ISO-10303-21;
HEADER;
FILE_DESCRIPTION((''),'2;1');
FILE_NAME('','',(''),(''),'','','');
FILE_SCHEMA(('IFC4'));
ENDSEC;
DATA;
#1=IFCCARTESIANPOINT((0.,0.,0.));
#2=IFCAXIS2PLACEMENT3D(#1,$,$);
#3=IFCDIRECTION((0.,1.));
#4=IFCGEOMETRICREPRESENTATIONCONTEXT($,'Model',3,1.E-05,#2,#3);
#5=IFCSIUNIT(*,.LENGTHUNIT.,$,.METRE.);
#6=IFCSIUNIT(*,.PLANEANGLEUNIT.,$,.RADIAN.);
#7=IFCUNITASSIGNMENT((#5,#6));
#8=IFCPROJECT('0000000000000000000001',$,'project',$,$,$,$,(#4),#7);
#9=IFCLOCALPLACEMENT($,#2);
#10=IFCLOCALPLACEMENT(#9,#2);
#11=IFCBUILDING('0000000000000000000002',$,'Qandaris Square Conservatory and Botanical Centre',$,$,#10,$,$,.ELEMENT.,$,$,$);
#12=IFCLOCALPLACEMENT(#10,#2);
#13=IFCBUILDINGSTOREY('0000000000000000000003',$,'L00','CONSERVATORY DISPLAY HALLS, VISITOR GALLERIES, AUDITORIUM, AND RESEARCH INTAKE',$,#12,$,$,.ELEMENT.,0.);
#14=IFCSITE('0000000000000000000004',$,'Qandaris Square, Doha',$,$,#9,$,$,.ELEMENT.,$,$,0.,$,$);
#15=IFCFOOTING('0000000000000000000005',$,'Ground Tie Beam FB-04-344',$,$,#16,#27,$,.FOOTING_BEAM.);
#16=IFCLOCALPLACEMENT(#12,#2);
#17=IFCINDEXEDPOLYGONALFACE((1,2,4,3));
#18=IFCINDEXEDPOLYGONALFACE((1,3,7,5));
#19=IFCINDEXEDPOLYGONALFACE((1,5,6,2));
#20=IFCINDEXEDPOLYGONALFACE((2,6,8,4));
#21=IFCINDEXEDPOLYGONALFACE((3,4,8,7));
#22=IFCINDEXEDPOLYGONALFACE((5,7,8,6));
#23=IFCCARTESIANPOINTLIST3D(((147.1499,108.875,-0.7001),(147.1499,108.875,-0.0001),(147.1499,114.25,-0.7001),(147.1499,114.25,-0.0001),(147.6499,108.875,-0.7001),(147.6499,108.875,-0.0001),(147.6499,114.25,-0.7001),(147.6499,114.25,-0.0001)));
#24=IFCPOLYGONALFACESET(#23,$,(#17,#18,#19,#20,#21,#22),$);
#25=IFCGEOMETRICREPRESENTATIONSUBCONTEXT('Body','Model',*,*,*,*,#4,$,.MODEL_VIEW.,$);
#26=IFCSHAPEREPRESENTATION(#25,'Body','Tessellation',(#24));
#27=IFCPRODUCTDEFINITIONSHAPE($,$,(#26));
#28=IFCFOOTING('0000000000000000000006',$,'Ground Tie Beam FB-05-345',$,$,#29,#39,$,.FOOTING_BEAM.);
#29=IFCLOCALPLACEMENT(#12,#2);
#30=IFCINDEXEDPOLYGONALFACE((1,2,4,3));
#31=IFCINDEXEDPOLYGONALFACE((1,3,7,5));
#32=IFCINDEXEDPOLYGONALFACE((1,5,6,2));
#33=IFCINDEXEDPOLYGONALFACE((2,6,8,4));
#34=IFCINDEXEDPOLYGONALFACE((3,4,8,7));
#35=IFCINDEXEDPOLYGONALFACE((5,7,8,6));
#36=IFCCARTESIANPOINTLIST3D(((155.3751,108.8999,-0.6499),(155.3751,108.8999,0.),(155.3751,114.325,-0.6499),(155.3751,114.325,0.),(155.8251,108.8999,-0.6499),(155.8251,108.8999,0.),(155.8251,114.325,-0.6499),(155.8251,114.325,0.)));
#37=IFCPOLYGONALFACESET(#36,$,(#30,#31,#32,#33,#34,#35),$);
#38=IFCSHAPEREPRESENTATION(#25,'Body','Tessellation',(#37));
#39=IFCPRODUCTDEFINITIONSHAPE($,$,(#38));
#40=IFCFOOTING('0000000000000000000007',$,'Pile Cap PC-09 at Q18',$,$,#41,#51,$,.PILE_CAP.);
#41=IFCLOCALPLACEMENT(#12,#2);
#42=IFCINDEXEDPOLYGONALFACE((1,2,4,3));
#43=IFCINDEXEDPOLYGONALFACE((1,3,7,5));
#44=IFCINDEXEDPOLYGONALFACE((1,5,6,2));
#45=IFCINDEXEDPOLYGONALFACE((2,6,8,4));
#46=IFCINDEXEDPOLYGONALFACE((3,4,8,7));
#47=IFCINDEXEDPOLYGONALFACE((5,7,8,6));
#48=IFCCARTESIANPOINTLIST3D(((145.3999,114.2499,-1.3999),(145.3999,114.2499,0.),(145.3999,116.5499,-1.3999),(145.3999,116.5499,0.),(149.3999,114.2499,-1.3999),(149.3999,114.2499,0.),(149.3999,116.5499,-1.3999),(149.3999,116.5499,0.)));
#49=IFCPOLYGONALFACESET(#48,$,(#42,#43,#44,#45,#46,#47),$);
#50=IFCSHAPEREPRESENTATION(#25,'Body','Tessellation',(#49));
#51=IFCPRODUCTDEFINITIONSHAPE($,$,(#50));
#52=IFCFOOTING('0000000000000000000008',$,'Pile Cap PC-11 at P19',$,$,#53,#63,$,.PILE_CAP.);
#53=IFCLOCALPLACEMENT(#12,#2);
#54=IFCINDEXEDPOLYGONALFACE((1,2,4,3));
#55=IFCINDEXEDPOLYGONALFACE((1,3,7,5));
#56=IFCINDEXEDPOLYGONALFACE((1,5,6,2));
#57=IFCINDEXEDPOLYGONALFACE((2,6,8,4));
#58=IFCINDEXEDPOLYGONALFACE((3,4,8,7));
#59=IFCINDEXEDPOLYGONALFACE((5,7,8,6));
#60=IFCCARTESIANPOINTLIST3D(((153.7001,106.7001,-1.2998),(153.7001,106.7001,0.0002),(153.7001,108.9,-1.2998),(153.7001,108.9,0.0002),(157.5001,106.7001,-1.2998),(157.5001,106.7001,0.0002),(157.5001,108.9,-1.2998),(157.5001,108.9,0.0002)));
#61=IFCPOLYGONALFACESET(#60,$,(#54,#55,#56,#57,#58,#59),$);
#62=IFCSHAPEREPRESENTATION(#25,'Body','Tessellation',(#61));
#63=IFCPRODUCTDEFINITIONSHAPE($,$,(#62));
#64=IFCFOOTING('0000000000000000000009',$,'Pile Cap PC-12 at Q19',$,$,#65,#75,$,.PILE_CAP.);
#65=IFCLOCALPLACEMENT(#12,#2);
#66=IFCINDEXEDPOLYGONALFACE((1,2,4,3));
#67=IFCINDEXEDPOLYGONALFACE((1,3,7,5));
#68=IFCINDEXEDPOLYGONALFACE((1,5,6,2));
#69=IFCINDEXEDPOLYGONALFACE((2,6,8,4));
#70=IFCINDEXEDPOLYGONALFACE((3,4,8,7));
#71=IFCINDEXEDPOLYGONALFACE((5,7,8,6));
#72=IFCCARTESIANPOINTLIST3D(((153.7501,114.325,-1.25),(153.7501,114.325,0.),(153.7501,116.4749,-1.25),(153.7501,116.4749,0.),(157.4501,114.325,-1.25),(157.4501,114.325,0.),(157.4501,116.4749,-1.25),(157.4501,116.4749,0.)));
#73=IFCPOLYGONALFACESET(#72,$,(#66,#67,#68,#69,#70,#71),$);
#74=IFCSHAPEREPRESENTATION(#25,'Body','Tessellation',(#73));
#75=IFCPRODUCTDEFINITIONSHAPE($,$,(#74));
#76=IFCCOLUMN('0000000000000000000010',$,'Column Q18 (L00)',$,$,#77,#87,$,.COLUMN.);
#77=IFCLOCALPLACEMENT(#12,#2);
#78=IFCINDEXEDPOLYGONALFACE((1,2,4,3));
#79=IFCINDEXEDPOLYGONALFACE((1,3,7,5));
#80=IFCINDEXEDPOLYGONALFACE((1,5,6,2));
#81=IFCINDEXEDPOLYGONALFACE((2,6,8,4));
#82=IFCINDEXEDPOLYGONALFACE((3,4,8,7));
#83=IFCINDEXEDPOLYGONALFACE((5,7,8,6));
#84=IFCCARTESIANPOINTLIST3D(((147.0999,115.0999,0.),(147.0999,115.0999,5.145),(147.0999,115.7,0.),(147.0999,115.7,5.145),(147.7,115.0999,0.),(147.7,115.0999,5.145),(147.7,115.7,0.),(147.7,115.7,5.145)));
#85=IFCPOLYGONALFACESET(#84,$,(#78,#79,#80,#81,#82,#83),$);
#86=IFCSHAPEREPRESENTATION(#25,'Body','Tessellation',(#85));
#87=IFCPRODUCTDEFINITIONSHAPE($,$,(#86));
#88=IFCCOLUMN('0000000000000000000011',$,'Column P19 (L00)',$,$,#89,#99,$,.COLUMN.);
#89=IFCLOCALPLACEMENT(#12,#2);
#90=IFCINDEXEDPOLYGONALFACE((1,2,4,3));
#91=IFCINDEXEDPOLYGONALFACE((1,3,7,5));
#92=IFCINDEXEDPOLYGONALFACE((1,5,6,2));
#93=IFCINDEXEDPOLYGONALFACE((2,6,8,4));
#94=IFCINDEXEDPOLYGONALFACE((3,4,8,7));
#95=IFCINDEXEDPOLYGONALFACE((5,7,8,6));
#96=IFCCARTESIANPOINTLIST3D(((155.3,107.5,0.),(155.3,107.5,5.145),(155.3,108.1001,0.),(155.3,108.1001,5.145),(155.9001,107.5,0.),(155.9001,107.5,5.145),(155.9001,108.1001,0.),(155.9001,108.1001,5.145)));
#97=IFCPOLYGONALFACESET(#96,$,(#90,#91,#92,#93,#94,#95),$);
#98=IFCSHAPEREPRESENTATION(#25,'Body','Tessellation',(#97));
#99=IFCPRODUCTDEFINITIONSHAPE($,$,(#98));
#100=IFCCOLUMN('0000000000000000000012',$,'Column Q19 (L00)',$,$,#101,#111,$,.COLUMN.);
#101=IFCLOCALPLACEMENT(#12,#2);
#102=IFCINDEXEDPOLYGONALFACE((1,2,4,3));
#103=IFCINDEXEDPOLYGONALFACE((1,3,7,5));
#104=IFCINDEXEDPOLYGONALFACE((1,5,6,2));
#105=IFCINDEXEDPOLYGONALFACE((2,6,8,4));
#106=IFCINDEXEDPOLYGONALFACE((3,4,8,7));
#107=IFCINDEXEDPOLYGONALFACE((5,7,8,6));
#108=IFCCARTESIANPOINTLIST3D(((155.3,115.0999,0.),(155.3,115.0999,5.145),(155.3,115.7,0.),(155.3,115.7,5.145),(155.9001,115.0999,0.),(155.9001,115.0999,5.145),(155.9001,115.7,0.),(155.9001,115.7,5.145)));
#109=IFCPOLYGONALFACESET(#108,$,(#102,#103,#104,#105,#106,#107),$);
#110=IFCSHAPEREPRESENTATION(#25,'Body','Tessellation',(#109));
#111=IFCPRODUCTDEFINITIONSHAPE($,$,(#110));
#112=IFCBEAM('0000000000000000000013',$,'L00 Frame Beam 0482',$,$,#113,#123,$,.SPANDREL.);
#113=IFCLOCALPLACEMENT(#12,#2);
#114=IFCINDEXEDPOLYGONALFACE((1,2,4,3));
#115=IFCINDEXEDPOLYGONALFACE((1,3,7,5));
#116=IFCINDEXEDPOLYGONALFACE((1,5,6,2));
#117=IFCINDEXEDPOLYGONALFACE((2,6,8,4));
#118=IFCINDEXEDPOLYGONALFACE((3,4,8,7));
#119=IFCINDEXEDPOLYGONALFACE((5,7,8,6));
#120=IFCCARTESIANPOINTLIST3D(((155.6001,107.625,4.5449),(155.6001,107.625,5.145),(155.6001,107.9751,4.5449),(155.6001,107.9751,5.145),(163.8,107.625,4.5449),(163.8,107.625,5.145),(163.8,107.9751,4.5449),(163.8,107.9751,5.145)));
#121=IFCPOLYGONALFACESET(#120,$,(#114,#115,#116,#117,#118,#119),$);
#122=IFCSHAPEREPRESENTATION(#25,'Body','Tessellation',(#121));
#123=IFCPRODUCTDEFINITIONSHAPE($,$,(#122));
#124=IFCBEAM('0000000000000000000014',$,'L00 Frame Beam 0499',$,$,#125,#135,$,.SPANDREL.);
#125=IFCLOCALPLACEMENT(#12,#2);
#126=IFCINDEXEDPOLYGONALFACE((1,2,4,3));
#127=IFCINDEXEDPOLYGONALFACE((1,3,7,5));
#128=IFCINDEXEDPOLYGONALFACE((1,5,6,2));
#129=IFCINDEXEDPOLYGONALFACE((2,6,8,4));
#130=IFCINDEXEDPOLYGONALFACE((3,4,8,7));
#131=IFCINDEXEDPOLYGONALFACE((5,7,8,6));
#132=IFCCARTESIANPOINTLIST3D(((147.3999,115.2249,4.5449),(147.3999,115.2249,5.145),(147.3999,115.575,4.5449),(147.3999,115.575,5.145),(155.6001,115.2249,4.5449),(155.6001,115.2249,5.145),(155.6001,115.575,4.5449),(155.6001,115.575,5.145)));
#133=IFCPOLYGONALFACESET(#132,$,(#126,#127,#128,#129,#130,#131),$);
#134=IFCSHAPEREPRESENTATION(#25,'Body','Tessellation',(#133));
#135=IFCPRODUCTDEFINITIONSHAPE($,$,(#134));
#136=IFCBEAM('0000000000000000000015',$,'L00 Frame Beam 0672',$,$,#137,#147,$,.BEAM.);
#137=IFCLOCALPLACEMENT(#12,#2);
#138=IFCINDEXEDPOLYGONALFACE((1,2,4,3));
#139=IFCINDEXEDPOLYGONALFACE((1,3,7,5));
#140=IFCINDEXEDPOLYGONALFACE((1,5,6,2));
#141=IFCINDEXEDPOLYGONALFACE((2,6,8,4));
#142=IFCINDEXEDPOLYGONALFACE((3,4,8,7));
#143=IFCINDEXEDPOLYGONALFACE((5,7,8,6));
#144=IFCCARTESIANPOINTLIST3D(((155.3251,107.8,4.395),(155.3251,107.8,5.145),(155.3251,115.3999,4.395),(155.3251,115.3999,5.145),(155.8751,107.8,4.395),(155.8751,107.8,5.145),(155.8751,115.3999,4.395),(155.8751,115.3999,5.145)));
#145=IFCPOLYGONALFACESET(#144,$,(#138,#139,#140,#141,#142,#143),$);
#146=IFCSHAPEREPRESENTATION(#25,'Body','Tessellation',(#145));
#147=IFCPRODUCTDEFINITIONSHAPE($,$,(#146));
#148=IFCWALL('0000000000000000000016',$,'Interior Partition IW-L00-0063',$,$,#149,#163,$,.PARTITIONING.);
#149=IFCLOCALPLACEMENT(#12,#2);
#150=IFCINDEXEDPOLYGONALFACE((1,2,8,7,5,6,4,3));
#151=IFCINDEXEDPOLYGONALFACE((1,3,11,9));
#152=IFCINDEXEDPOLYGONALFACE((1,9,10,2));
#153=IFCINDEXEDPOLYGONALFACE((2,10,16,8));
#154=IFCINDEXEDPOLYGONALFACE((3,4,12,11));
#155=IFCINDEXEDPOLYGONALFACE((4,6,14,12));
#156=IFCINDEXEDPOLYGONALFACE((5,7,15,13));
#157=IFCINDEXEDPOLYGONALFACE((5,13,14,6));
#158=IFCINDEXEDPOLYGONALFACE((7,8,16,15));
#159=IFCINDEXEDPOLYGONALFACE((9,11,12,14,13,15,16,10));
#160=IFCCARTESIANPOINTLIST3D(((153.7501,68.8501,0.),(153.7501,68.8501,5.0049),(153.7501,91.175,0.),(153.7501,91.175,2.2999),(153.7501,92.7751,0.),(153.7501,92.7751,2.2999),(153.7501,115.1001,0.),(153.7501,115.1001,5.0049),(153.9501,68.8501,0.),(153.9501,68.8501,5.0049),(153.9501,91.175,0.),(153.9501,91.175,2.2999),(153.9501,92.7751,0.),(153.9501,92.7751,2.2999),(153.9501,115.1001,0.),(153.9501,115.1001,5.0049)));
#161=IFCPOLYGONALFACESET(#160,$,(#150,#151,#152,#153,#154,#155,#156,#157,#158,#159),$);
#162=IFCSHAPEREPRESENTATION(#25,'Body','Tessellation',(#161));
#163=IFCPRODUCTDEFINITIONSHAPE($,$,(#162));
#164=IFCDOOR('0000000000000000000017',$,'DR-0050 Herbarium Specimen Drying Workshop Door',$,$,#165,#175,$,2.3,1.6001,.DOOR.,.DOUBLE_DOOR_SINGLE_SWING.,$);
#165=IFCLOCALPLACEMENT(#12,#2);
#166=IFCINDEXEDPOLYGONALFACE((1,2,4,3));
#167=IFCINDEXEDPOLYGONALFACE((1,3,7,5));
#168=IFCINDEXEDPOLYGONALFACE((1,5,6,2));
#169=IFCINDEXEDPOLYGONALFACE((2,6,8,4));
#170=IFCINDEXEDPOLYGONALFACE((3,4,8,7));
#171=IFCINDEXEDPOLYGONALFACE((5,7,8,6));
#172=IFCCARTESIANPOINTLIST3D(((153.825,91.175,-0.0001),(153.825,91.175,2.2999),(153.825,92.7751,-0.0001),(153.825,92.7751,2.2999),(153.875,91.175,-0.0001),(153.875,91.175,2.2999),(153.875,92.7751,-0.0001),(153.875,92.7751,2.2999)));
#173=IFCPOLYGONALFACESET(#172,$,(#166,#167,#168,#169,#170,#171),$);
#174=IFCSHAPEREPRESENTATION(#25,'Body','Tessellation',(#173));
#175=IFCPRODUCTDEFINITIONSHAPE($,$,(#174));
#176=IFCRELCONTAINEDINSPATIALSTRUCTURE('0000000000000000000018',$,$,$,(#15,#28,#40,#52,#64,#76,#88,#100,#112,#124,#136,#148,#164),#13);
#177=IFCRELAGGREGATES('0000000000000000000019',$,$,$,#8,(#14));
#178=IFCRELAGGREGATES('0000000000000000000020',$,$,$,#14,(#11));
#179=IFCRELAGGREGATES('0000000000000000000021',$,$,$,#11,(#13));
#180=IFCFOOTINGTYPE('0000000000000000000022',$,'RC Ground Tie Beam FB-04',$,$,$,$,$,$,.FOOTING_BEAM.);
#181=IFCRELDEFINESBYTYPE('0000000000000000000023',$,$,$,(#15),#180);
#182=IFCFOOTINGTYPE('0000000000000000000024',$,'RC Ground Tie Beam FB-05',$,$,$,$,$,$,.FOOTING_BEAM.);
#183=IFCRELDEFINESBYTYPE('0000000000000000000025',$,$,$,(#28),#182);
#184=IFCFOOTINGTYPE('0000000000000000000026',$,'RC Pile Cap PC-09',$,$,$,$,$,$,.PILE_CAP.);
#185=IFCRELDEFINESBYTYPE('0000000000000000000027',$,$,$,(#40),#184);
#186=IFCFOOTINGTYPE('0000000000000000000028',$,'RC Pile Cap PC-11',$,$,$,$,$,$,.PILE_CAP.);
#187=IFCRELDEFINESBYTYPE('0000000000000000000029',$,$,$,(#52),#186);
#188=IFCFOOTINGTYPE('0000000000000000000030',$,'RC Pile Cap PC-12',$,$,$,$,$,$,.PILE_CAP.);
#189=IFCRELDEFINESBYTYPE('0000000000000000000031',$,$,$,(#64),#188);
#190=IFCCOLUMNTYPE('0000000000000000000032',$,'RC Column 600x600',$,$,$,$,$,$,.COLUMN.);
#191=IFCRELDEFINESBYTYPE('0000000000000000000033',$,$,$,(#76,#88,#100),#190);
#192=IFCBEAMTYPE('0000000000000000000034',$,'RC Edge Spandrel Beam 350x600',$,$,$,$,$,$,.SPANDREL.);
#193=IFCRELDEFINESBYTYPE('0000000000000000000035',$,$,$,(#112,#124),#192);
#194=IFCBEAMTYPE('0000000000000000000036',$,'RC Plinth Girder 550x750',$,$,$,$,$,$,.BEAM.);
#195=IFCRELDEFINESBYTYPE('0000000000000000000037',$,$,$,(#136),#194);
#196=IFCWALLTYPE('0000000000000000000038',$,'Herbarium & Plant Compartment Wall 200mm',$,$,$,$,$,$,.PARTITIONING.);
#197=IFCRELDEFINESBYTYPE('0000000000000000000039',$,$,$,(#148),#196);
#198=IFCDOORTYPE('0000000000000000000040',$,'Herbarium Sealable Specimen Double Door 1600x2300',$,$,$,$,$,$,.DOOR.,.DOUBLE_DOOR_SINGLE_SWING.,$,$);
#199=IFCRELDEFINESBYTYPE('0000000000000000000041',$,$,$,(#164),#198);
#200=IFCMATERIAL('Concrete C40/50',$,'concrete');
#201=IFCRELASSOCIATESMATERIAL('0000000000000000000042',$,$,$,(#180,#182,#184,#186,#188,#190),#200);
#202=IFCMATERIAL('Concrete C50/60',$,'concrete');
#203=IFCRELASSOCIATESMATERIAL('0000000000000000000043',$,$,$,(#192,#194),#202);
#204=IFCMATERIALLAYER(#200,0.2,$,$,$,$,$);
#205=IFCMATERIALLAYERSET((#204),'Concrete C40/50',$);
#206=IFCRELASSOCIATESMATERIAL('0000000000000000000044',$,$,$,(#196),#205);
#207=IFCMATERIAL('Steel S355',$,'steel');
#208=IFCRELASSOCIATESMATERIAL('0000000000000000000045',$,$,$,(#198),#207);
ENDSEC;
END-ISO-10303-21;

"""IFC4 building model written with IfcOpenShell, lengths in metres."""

from ifc_helpers import new_model, si_unit, direction, frame, frame_2d, origin, origin_2d, place, context, subcontext, project, spatial, rectangle, extrude, material, layer, layer_set, material_profile, profile_set, type_object, element, fill, save


model = new_model("IFC4")

# Units and contexts
model_context = context("Model", 3, precision=1e-05, world=origin(), true_north=direction((0.0, 1.0)))
body_context = subcontext(model_context, "Body", "Model", "MODEL_VIEW")
ifc_project = project(units=[si_unit("LENGTHUNIT", "METRE"), si_unit("PLANEANGLEUNIT", "RADIAN")], contexts=[model_context])

# Site, building, storey
site_placement = place(None, origin())
site = spatial("IfcSite", under=ifc_project, at=site_placement, Name="Qandaris Square, Doha", CompositionType="ELEMENT", RefElevation=0.0)
building_placement = place(site_placement, origin())
building = spatial("IfcBuilding", under=site, at=building_placement, Name="Qandaris Square Conservatory and Botanical Centre", CompositionType="ELEMENT")
storey_placement = place(building_placement, origin())
storey = spatial("IfcBuildingStorey", under=building, at=storey_placement, Name="L00", Description="CONSERVATORY DISPLAY HALLS, VISITOR GALLERIES, AUDITORIUM, AND RESEARCH INTAKE", CompositionType="ELEMENT", Elevation=0.0)

# Shared definitions
ifc_material_1 = material(Name="Concrete C50/60", Category="concrete")

# Footings
ifc_material_2 = material(Name="Concrete C40/50", Category="concrete")
ifc_material_profile_1 = material_profile(ifc_material_2, rectangle(XDim=0.5, YDim=0.7, at=origin_2d()), Name="FB 500x700")
ifc_profile_set_1 = profile_set([ifc_material_profile_1], Name="Concrete C40/50")
footing_type_1 = type_object("IfcFootingType", Name="RC Ground Tie Beam FB-04", PredefinedType="FOOTING_BEAM", material=ifc_profile_set_1)
footing_1_placement = place(storey_placement, frame((147.3999, 108.875, -0.3501), z_axis=(0.0, 1.0, 0.0), x_axis=(-1.0, 0.0, 0.0)))
element("IfcFooting", 1, at=footing_1_placement, inside=storey, type_object=footing_type_1, Name="Ground Tie Beam FB-04-344", PredefinedType="FOOTING_BEAM", context=body_context, shape_type="SweptSolid", body=[
    extrude(rectangle(XDim=0.5, YDim=0.7, at=origin_2d()), origin(), (0.0, 0.0, 1.0), 5.375),
])
ifc_material_profile_2 = material_profile(ifc_material_2, rectangle(XDim=0.45, YDim=0.6499, at=origin_2d()), Name="FB 450x650")
ifc_profile_set_2 = profile_set([ifc_material_profile_2], Name="Concrete C40/50")
footing_type_2 = type_object("IfcFootingType", Name="RC Ground Tie Beam FB-05", PredefinedType="FOOTING_BEAM", material=ifc_profile_set_2)
footing_2_placement = place(storey_placement, frame((155.6001, 108.8999, -0.325), z_axis=(0.0, 1.0, 0.0), x_axis=(-1.0, 0.0, 0.0)))
element("IfcFooting", 2, at=footing_2_placement, inside=storey, type_object=footing_type_2, Name="Ground Tie Beam FB-05-345", PredefinedType="FOOTING_BEAM", context=body_context, shape_type="SweptSolid", body=[
    extrude(rectangle(XDim=0.45, YDim=0.6499, at=origin_2d()), origin(), (0.0, 0.0, 1.0), 5.425),
])
footing_type_3 = type_object("IfcFootingType", Name="RC Pile Cap PC-09", PredefinedType="PILE_CAP", material=ifc_material_2)
footing_3_placement = place(storey_placement, frame((147.3999, 115.3999, -1.3999), z_axis=(0.0, 0.0, 1.0), x_axis=(1.0, 0.0, 0.0)))
element("IfcFooting", 3, at=footing_3_placement, inside=storey, type_object=footing_type_3, Name="Pile Cap PC-09 at Q18", PredefinedType="PILE_CAP", context=body_context, shape_type="SweptSolid", body=[
    extrude(rectangle(XDim=4.0, YDim=2.3, at=origin_2d()), origin(), (0.0, 0.0, 1.0), 1.3999),
])
footing_type_4 = type_object("IfcFootingType", Name="RC Pile Cap PC-11", PredefinedType="PILE_CAP", material=ifc_material_2)
footing_4_placement = place(storey_placement, frame((155.6001, 107.8, -1.2998), z_axis=(0.0, 0.0, 1.0), x_axis=(1.0, 0.0, 0.0)))
element("IfcFooting", 4, at=footing_4_placement, inside=storey, type_object=footing_type_4, Name="Pile Cap PC-11 at P19", PredefinedType="PILE_CAP", context=body_context, shape_type="SweptSolid", body=[
    extrude(rectangle(XDim=3.8, YDim=2.2, at=origin_2d()), origin(), (0.0, 0.0, 1.0), 1.3),
])
footing_type_5 = type_object("IfcFootingType", Name="RC Pile Cap PC-12", PredefinedType="PILE_CAP", material=ifc_material_2)
footing_5_placement = place(storey_placement, frame((155.6001, 115.3999, -1.25), z_axis=(0.0, 0.0, 1.0), x_axis=(1.0, 0.0, 0.0)))
element("IfcFooting", 5, at=footing_5_placement, inside=storey, type_object=footing_type_5, Name="Pile Cap PC-12 at Q19", PredefinedType="PILE_CAP", context=body_context, shape_type="SweptSolid", body=[
    extrude(rectangle(XDim=3.7, YDim=2.1499, at=origin_2d()), origin(), (0.0, 0.0, 1.0), 1.25),
])

# Columns
ifc_material_profile_3 = material_profile(ifc_material_2, rectangle(XDim=0.6001, YDim=0.6001, at=origin_2d()), Name="RC-COL 600x600")
ifc_profile_set_3 = profile_set([ifc_material_profile_3], Name="Concrete C40/50")
column_type = type_object("IfcColumnType", Name="RC Column 600x600", PredefinedType="COLUMN", material=ifc_profile_set_3)
for number, where, z_axis, x_axis, name in (
    (6, (147.3999, 115.3999, 0.0), (0.0, 0.0, 1.0), (1.0, 0.0, 0.0), "Column Q18 (L00)"),
    (7, (155.6001, 107.8, 0.0), (0.0, 0.0, 1.0), (1.0, 0.0, 0.0), "Column P19 (L00)"),
    (8, (155.6001, 115.3999, 0.0), (0.0, 0.0, 1.0), (1.0, 0.0, 0.0), "Column Q19 (L00)"),
):
    element("IfcColumn", number, at=place(storey_placement, frame(where, z_axis=z_axis, x_axis=x_axis)), inside=storey, type_object=column_type, Name=name, PredefinedType="COLUMN", context=body_context, shape_type="SweptSolid", body=[
        extrude(rectangle(XDim=0.6001, YDim=0.6001, at=origin_2d()), origin(), (0.0, 0.0, 1.0), 5.145),
    ])

# Beams
ifc_material_profile_4 = material_profile(ifc_material_1, rectangle(XDim=0.3501, YDim=0.6001, at=origin_2d()), Name="RC-SP 350x600")
ifc_profile_set_4 = profile_set([ifc_material_profile_4], Name="Concrete C50/60")
beam_type_1 = type_object("IfcBeamType", Name="RC Edge Spandrel Beam 350x600", PredefinedType="SPANDREL", material=ifc_profile_set_4)
beam_1_placement = place(storey_placement, frame((155.6001, 107.8, 4.845), z_axis=(1.0, 0.0, 0.0), x_axis=(0.0, 1.0, 0.0)))
element("IfcBeam", 9, at=beam_1_placement, inside=storey, type_object=beam_type_1, Name="L00 Frame Beam 0482", PredefinedType="SPANDREL", context=body_context, shape_type="SweptSolid", body=[
    extrude(rectangle(XDim=0.3501, YDim=0.6001, at=origin_2d()), origin(), (0.0, 0.0, 1.0), 8.2),
])
beam_2_placement = place(storey_placement, frame((147.3999, 115.3999, 4.845), z_axis=(1.0, 0.0, 0.0), x_axis=(0.0, 1.0, 0.0)))
element("IfcBeam", 10, at=beam_2_placement, inside=storey, type_object=beam_type_1, Name="L00 Frame Beam 0499", PredefinedType="SPANDREL", context=body_context, shape_type="SweptSolid", body=[
    extrude(rectangle(XDim=0.3501, YDim=0.6001, at=origin_2d()), origin(), (0.0, 0.0, 1.0), 8.2002),
])
ifc_material_profile_5 = material_profile(ifc_material_1, rectangle(XDim=0.55, YDim=0.75, at=origin_2d()), Name="RC-BM 550x750")
ifc_profile_set_5 = profile_set([ifc_material_profile_5], Name="Concrete C50/60")
beam_type_2 = type_object("IfcBeamType", Name="RC Plinth Girder 550x750", PredefinedType="BEAM", material=ifc_profile_set_5)
beam_3_placement = place(storey_placement, frame((155.6001, 107.8, 4.77), z_axis=(0.0, 1.0, 0.0), x_axis=(-1.0, 0.0, 0.0)))
element("IfcBeam", 11, at=beam_3_placement, inside=storey, type_object=beam_type_2, Name="L00 Frame Beam 0672", PredefinedType="BEAM", context=body_context, shape_type="SweptSolid", body=[
    extrude(rectangle(XDim=0.55, YDim=0.75, at=origin_2d()), origin(), (0.0, 0.0, 1.0), 7.5999),
])

# Wall, opening, door
ifc_layer_1 = layer(ifc_material_2, 0.2)
ifc_layer_set_1 = layer_set([ifc_layer_1], Name="Concrete C40/50")
wall_type_1 = type_object("IfcWallType", Name="Herbarium & Plant Compartment Wall 200mm", PredefinedType="PARTITIONING", material=ifc_layer_set_1)
wall_1_placement = place(storey_placement, frame((153.8501, 115.1001, 0.0), z_axis=(0.0, 0.0, 1.0), x_axis=(0.0, -1.0, 0.0)))
wall_1 = element("IfcWall", 12, at=wall_1_placement, inside=storey, type_object=wall_type_1, Name="Interior Partition IW-L00-0063", PredefinedType="PARTITIONING", context=body_context, shape_type="SweptSolid", body=[
    extrude(rectangle(XDim=46.25, YDim=0.2, at=frame_2d((23.125, 0.0))), origin(), (0.0, 0.0, 1.0), 5.0049),
])
opening_1_placement = place(wall_1_placement, frame((22.325, 0.0, 0.0)))
opening_1 = element("IfcOpeningElement", 13, at=opening_1_placement, cuts=wall_1, PredefinedType="OPENING", context=body_context, shape_type="SweptSolid", body=[
    extrude(rectangle(XDim=1.6001, YDim=2.3, at=frame_2d((0.8, 1.1499))), frame((0.0, 0.1118, 0.0), z_axis=(0.0, -1.0, 0.0), x_axis=(1.0, 0.0, 0.0)), (0.0, 0.0, 1.0), 0.2239),
])
ifc_material_3 = material(Name="Steel S355", Category="steel")
door_type_1 = type_object("IfcDoorType", Name="Herbarium Sealable Specimen Double Door 1600x2300", OperationType="DOUBLE_DOOR_SINGLE_SWING", PredefinedType="DOOR", material=ifc_material_3)
door_1_placement = place(opening_1_placement, origin())
door_1 = element("IfcDoor", 14, at=door_1_placement, inside=storey, type_object=door_type_1, Name="DR-0050 Herbarium Specimen Drying Workshop Door", OperationType="DOUBLE_DOOR_SINGLE_SWING", OverallHeight=2.3, OverallWidth=1.6001, PredefinedType="DOOR", context=body_context, shape_type="SweptSolid", body=[
    extrude(rectangle(XDim=1.6001, YDim=2.3, at=frame_2d((0.8, 1.1499))), frame((0.0, 0.0249, 0.0), z_axis=(0.0, -1.0, 0.0), x_axis=(1.0, 0.0, 0.0)), (0.0, 0.0, 1.0), 0.05),
])
fill(opening_1, door_1)

save(model, "model.ifc")
